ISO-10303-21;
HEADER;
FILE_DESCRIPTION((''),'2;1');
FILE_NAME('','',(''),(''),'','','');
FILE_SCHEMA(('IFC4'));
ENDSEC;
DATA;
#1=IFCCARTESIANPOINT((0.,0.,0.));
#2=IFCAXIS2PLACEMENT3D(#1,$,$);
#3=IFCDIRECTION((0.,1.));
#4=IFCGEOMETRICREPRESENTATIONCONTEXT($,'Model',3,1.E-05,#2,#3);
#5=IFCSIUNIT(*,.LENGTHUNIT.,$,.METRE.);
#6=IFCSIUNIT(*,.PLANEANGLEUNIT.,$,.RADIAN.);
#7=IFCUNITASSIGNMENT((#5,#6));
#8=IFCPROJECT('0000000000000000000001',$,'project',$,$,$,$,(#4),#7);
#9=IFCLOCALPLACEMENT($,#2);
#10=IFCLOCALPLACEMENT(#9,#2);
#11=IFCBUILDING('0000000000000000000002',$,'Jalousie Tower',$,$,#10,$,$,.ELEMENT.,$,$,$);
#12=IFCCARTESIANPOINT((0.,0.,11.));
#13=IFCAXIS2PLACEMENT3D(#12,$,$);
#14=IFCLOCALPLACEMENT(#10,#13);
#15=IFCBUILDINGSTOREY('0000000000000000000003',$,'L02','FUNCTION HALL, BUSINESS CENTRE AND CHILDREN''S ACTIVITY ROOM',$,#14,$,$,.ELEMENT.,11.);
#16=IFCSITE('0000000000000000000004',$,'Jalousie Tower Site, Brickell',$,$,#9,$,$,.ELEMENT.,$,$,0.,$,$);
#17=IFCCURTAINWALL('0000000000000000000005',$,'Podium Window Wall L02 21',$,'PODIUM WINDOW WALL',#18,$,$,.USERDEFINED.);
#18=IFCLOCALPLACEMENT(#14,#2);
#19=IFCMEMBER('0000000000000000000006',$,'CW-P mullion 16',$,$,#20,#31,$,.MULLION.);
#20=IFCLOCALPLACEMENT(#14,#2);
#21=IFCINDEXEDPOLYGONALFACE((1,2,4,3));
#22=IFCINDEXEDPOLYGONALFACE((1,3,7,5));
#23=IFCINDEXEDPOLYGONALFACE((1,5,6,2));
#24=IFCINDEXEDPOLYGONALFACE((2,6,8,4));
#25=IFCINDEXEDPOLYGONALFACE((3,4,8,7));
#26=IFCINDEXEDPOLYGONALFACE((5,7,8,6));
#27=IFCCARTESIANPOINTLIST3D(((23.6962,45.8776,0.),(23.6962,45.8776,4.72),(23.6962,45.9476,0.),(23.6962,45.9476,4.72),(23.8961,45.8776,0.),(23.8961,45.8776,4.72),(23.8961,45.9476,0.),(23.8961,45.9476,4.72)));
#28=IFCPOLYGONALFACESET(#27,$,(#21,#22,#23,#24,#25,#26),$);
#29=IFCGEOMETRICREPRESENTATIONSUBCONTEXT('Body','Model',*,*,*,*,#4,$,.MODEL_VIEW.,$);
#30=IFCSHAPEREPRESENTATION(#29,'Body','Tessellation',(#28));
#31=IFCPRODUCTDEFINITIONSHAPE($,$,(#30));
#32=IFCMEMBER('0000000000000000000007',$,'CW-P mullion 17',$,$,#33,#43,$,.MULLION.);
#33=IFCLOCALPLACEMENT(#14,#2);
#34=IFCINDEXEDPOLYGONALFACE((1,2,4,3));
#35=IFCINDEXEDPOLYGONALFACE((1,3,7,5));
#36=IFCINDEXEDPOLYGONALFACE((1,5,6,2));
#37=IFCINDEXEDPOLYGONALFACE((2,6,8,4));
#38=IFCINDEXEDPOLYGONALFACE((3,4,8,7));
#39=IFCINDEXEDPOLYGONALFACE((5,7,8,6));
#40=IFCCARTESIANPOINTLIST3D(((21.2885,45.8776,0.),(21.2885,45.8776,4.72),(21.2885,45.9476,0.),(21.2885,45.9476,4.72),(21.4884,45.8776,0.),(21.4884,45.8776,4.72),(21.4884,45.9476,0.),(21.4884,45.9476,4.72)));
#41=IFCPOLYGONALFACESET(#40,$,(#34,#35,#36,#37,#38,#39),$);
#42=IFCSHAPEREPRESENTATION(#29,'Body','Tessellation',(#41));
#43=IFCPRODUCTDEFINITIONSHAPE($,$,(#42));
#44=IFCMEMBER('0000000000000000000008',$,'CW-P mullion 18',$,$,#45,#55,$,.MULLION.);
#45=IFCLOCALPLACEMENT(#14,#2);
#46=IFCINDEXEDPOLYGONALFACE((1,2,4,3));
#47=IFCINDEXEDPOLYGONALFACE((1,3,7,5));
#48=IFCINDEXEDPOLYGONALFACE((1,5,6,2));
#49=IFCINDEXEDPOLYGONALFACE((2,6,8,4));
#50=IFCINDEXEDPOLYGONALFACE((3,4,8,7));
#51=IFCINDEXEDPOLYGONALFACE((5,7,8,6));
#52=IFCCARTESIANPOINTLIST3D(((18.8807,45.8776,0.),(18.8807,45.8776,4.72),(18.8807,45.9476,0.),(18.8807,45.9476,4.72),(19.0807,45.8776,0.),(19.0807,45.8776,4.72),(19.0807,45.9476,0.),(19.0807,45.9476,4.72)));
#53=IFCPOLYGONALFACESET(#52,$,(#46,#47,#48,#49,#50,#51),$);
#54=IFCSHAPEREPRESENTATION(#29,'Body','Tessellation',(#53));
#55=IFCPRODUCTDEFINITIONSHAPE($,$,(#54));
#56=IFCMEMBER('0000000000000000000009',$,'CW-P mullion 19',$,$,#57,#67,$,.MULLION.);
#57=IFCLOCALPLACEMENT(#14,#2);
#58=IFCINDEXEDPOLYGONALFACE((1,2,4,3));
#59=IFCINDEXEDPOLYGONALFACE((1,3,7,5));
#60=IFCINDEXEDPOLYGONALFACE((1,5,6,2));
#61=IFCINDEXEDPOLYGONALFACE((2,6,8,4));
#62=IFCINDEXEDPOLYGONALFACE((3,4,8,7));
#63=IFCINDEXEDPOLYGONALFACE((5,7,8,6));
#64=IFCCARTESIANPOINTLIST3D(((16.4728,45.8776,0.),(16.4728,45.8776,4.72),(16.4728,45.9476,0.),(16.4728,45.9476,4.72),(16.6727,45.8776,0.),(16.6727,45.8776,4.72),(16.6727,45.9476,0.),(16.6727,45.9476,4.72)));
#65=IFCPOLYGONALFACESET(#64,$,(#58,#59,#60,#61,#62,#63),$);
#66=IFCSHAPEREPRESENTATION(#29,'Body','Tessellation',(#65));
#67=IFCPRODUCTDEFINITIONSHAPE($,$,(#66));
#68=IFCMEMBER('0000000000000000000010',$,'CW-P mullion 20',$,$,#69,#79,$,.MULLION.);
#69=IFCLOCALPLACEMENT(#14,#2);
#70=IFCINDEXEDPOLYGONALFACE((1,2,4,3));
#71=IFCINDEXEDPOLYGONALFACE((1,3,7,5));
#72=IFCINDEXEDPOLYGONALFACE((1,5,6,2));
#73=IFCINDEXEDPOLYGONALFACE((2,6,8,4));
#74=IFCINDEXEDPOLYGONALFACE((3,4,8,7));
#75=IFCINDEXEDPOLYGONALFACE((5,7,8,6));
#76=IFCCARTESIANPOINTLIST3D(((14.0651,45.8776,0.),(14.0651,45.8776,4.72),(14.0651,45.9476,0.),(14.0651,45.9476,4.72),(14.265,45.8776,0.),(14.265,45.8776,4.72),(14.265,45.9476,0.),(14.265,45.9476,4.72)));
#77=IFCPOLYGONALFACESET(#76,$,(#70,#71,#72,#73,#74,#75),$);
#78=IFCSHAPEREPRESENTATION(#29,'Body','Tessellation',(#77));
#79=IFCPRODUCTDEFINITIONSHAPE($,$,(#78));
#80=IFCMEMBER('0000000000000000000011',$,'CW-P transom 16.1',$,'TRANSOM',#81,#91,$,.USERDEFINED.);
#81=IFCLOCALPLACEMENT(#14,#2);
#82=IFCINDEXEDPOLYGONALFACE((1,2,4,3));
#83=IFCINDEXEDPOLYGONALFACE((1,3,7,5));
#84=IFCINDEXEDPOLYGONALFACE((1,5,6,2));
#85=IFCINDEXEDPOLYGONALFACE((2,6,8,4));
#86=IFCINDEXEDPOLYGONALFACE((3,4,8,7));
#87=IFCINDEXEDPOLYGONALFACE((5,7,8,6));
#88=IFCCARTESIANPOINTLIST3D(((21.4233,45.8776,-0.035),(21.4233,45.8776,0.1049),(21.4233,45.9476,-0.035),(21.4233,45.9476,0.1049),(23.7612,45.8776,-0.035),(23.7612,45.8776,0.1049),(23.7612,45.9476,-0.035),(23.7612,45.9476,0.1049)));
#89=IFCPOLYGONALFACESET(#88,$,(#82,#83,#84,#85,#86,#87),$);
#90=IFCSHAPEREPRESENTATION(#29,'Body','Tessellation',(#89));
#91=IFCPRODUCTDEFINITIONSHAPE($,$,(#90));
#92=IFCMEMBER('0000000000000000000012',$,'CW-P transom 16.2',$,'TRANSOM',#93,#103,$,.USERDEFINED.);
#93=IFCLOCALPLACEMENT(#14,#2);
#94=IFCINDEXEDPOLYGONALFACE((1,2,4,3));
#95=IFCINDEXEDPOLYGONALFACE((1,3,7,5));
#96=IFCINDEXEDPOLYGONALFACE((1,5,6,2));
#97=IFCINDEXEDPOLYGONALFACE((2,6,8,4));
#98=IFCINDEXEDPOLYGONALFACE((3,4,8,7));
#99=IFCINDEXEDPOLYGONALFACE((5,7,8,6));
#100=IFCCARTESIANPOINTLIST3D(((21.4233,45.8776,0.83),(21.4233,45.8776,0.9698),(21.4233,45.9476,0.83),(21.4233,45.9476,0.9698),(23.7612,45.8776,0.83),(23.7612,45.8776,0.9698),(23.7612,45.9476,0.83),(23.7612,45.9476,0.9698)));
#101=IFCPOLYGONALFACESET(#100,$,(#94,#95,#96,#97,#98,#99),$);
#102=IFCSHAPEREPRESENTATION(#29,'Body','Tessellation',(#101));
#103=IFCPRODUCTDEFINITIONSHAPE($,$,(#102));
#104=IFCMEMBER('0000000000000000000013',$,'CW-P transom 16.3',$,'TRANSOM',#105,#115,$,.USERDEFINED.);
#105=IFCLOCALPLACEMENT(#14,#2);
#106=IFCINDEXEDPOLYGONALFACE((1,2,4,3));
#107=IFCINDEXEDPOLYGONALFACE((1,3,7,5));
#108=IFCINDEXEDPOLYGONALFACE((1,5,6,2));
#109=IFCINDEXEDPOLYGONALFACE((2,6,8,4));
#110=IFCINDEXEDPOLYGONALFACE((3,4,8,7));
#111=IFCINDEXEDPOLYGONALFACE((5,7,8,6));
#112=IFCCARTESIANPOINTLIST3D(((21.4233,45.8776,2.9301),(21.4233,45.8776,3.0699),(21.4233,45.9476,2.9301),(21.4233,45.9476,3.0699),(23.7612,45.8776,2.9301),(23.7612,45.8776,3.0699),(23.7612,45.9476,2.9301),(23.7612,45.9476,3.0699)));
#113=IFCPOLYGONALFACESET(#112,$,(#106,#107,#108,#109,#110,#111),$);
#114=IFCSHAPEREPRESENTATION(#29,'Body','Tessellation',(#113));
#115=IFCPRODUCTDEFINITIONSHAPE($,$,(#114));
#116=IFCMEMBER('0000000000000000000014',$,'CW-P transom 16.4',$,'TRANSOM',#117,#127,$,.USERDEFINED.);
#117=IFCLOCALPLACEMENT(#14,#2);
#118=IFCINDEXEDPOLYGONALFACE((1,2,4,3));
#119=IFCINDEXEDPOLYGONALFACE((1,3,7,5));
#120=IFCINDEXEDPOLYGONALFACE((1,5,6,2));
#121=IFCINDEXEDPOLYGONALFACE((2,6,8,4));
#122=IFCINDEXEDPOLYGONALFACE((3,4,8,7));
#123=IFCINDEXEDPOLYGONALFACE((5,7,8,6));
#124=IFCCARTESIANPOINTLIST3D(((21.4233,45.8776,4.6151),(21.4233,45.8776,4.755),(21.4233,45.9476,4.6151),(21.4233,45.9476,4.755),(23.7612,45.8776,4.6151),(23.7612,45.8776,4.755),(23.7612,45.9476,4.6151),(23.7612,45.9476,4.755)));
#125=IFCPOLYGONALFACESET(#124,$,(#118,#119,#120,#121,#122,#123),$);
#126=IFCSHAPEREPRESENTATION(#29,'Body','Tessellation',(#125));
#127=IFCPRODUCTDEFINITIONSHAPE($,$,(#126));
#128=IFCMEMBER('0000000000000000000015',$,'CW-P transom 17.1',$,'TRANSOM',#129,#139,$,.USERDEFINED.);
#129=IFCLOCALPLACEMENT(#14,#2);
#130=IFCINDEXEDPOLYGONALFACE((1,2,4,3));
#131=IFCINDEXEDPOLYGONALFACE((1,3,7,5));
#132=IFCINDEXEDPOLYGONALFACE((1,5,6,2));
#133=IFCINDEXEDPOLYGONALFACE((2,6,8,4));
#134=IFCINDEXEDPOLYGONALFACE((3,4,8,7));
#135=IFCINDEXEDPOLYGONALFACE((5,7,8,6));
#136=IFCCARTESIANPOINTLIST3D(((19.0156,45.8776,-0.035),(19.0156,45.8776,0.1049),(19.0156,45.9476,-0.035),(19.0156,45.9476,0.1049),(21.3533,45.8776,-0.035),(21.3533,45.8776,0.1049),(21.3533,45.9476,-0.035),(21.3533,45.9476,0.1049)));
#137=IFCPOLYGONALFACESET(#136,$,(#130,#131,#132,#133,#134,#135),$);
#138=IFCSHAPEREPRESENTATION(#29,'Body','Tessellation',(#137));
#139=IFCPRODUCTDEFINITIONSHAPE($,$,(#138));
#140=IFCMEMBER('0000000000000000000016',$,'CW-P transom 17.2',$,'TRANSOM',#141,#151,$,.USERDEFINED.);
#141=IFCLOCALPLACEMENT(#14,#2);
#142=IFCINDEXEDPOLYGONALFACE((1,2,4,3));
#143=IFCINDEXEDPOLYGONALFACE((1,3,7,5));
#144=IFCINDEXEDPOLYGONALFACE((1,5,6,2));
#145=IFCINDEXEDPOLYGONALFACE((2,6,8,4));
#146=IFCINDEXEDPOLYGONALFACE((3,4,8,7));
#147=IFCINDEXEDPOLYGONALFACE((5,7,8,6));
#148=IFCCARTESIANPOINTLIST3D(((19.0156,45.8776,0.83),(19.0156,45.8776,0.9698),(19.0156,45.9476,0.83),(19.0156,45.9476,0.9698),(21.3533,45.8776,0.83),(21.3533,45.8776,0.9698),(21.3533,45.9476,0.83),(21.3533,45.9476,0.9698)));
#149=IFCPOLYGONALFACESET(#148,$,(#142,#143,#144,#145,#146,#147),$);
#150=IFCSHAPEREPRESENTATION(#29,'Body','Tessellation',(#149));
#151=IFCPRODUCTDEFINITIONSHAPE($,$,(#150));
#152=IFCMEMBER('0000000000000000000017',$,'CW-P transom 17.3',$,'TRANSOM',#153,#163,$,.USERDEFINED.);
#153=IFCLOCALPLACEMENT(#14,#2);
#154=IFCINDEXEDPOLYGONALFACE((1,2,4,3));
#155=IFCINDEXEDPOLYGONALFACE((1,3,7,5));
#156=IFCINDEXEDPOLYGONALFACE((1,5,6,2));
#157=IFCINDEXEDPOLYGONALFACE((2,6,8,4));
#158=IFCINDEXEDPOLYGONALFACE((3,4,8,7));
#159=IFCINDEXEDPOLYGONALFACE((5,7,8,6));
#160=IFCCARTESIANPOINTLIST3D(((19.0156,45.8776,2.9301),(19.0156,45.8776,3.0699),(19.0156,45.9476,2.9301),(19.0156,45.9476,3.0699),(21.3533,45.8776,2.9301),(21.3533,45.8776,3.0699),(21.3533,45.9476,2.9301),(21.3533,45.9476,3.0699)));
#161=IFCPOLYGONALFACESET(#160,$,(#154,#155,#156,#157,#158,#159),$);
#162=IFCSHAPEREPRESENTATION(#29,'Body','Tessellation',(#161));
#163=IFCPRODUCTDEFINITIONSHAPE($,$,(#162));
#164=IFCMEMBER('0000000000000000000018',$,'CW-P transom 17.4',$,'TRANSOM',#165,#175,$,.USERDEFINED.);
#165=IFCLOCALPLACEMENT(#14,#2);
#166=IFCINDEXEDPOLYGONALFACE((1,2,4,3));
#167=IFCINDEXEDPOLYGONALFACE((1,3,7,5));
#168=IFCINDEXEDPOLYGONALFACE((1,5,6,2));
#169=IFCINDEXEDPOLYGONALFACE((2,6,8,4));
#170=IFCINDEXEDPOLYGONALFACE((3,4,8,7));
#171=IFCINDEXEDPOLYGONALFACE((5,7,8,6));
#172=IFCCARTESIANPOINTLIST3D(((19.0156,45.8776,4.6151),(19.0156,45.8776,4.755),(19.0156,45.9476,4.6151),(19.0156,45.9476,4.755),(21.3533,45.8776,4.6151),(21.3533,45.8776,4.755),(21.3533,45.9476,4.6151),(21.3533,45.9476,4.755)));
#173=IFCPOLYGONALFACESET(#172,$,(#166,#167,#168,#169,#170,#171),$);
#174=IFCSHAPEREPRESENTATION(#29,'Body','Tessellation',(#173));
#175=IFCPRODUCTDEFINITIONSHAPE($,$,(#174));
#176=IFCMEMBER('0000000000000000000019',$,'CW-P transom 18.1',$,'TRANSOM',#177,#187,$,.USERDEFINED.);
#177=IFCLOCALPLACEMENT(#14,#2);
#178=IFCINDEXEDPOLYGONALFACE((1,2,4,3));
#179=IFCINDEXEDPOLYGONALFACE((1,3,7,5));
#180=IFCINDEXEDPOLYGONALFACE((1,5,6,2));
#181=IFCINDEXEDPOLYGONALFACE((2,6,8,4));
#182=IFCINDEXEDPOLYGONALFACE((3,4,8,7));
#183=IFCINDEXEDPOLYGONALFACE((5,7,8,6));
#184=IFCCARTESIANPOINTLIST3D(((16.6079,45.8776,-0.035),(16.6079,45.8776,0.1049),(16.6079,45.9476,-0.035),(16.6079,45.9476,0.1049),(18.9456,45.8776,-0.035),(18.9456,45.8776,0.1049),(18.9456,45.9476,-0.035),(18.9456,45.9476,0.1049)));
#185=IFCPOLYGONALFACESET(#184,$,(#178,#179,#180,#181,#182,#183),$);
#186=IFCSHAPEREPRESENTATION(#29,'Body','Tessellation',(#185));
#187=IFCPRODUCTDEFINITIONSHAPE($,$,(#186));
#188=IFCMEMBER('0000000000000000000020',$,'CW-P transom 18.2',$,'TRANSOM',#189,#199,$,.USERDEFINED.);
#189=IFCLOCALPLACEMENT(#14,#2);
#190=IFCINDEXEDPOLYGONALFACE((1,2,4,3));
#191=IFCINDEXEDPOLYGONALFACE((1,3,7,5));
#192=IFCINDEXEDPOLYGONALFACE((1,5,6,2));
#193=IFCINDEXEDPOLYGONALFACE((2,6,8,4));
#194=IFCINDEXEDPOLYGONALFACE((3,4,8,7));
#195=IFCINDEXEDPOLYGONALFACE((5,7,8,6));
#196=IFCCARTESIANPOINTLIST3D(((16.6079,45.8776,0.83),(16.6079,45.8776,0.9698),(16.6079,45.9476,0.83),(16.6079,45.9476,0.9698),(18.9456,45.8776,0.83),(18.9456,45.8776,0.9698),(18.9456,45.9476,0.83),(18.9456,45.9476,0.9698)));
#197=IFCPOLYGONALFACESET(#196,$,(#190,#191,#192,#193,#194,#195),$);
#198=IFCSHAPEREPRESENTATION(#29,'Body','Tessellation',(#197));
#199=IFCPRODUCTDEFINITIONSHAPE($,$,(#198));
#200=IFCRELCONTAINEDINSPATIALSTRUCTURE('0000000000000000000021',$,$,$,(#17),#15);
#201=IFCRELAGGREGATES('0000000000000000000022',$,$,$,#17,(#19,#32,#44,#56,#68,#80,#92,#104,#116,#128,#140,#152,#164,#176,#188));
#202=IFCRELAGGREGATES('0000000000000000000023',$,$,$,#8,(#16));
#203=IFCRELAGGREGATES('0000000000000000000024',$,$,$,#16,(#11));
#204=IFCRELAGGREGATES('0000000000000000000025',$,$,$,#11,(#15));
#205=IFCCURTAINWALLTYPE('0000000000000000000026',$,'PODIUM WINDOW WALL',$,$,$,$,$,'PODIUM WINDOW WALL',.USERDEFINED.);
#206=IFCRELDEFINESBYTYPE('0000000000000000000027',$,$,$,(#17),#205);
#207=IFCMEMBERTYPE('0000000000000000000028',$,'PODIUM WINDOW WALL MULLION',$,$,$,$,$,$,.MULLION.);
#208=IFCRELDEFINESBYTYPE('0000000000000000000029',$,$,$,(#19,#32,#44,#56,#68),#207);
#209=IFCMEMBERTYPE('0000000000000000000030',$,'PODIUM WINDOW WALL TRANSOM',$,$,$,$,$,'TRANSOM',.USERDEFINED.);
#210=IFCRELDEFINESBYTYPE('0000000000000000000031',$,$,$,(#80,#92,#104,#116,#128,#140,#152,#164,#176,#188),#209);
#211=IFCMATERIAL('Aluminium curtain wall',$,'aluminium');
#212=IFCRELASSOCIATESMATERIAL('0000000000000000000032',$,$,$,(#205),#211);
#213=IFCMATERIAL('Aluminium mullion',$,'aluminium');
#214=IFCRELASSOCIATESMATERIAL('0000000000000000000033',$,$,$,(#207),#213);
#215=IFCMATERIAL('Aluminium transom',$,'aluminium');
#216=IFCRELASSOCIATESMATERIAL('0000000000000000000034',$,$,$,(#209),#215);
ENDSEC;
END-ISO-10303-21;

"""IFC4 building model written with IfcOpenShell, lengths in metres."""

from ifc_helpers import new_model, si_unit, direction, frame, origin, origin_2d, place, context, subcontext, project, spatial, rectangle, extrude, material, material_profile, profile_set, type_object, element, aggregate, save


model = new_model("IFC4")

# Units and contexts
model_context = context("Model", 3, precision=1e-05, world=origin(), true_north=direction((0.0, 1.0)))
body_context = subcontext(model_context, "Body", "Model", "MODEL_VIEW")
ifc_project = project(units=[si_unit("LENGTHUNIT", "METRE"), si_unit("PLANEANGLEUNIT", "RADIAN")], contexts=[model_context])

# Site, building, storey
site_placement = place(None, origin())
site = spatial("IfcSite", under=ifc_project, at=site_placement, Name="Jalousie Tower Site, Brickell", CompositionType="ELEMENT", RefElevation=0.0)
building_placement = place(site_placement, origin())
building = spatial("IfcBuilding", under=site, at=building_placement, Name="Jalousie Tower", CompositionType="ELEMENT")
storey_placement = place(building_placement, frame((0.0, 0.0, 11.0)))
storey = spatial("IfcBuildingStorey", under=building, at=storey_placement, Name="L02", Description="FUNCTION HALL, BUSINESS CENTRE AND CHILDREN'S ACTIVITY ROOM", CompositionType="ELEMENT", Elevation=11.0)

# Curtain wall, members
ifc_material_1 = material(Name="Aluminium curtain wall", Category="aluminium")
curtain_wall_type = type_object("IfcCurtainWallType", Name="PODIUM WINDOW WALL", ElementType="PODIUM WINDOW WALL", PredefinedType="USERDEFINED", material=ifc_material_1)
curtain_wall_placement = place(storey_placement, origin())
curtain_wall = element("IfcCurtainWall", 1, at=curtain_wall_placement, inside=storey, type_object=curtain_wall_type, Name="Podium Window Wall L02 21", ObjectType="PODIUM WINDOW WALL", PredefinedType="USERDEFINED")
ifc_material_2 = material(Name="Aluminium mullion", Category="aluminium")
ifc_material_profile_1 = material_profile(ifc_material_2, rectangle(XDim=0.0701, YDim=0.2, at=origin_2d()), Name="MULLION 70x200")
ifc_profile_set_1 = profile_set([ifc_material_profile_1], Name="Aluminium mullion")
member_type_1 = type_object("IfcMemberType", Name="PODIUM WINDOW WALL MULLION", PredefinedType="MULLION", material=ifc_profile_set_1)
member_1_placement = place(storey_placement, frame((23.7961, 45.9126, 0.0), z_axis=(0.0, 0.0, 1.0), x_axis=(0.0, -1.0, 0.0)))
member_1 = element("IfcMember", 2, at=member_1_placement, type_object=member_type_1, Name="CW-P mullion 16", PredefinedType="MULLION", context=body_context, shape_type="SweptSolid", body=[
    extrude(rectangle(XDim=0.0701, YDim=0.2, at=origin_2d()), origin(), (0.0, 0.0, 1.0), 4.72),
])
member_2_placement = place(storey_placement, frame((21.3884, 45.9126, 0.0), z_axis=(0.0, 0.0, 1.0), x_axis=(0.0, -1.0, 0.0)))
member_2 = element("IfcMember", 3, at=member_2_placement, type_object=member_type_1, Name="CW-P mullion 17", PredefinedType="MULLION", context=body_context, shape_type="SweptSolid", body=[
    extrude(rectangle(XDim=0.0701, YDim=0.2, at=origin_2d()), origin(), (0.0, 0.0, 1.0), 4.72),
])
member_3_placement = place(storey_placement, frame((18.9807, 45.9126, 0.0), z_axis=(0.0, 0.0, 1.0), x_axis=(0.0, -1.0, 0.0)))
member_3 = element("IfcMember", 4, at=member_3_placement, type_object=member_type_1, Name="CW-P mullion 18", PredefinedType="MULLION", context=body_context, shape_type="SweptSolid", body=[
    extrude(rectangle(XDim=0.0701, YDim=0.2, at=origin_2d()), origin(), (0.0, 0.0, 1.0), 4.72),
])
member_4_placement = place(storey_placement, frame((16.5728, 45.9126, 0.0), z_axis=(0.0, 0.0, 1.0), x_axis=(0.0, -1.0, 0.0)))
member_4 = element("IfcMember", 5, at=member_4_placement, type_object=member_type_1, Name="CW-P mullion 19", PredefinedType="MULLION", context=body_context, shape_type="SweptSolid", body=[
    extrude(rectangle(XDim=0.0701, YDim=0.2, at=origin_2d()), origin(), (0.0, 0.0, 1.0), 4.72),
])
member_5_placement = place(storey_placement, frame((14.165, 45.9126, 0.0), z_axis=(0.0, 0.0, 1.0), x_axis=(0.0, -1.0, 0.0)))
member_5 = element("IfcMember", 6, at=member_5_placement, type_object=member_type_1, Name="CW-P mullion 20", PredefinedType="MULLION", context=body_context, shape_type="SweptSolid", body=[
    extrude(rectangle(XDim=0.0701, YDim=0.2, at=origin_2d()), origin(), (0.0, 0.0, 1.0), 4.72),
])
ifc_material_3 = material(Name="Aluminium transom", Category="aluminium")
ifc_material_profile_2 = material_profile(ifc_material_3, rectangle(XDim=0.0701, YDim=0.1399, at=origin_2d()), Name="TRANSOM 70x140")
ifc_profile_set_2 = profile_set([ifc_material_profile_2], Name="Aluminium transom")
member_type_2 = type_object("IfcMemberType", Name="PODIUM WINDOW WALL TRANSOM", ElementType="TRANSOM", PredefinedType="USERDEFINED", material=ifc_profile_set_2)
member_6_placement = place(storey_placement, frame((23.7612, 45.9126, 0.0349), z_axis=(-1.0, 0.0, 0.0), x_axis=(0.0, -1.0, 0.0)))
member_6 = element("IfcMember", 7, at=member_6_placement, type_object=member_type_2, Name="CW-P transom 16.1", ObjectType="TRANSOM", PredefinedType="USERDEFINED", context=body_context, shape_type="SweptSolid", body=[
    extrude(rectangle(XDim=0.0701, YDim=0.1399, at=origin_2d()), origin(), (0.0, 0.0, 1.0), 2.3379),
])
member_7_placement = place(storey_placement, frame((23.7612, 45.9126, 0.8999), z_axis=(-1.0, 0.0, 0.0), x_axis=(0.0, -1.0, 0.0)))
member_7 = element("IfcMember", 8, at=member_7_placement, type_object=member_type_2, Name="CW-P transom 16.2", ObjectType="TRANSOM", PredefinedType="USERDEFINED", context=body_context, shape_type="SweptSolid", body=[
    extrude(rectangle(XDim=0.0701, YDim=0.1399, at=origin_2d()), origin(), (0.0, 0.0, 1.0), 2.3379),
])
member_8_placement = place(storey_placement, frame((23.7612, 45.9126, 3.0), z_axis=(-1.0, 0.0, 0.0), x_axis=(0.0, -1.0, 0.0)))
member_8 = element("IfcMember", 9, at=member_8_placement, type_object=member_type_2, Name="CW-P transom 16.3", ObjectType="TRANSOM", PredefinedType="USERDEFINED", context=body_context, shape_type="SweptSolid", body=[
    extrude(rectangle(XDim=0.0701, YDim=0.1399, at=origin_2d()), origin(), (0.0, 0.0, 1.0), 2.3379),
])
member_9_placement = place(storey_placement, frame((23.7612, 45.9126, 4.6851), z_axis=(-1.0, 0.0, 0.0), x_axis=(0.0, -1.0, 0.0)))
member_9 = element("IfcMember", 10, at=member_9_placement, type_object=member_type_2, Name="CW-P transom 16.4", ObjectType="TRANSOM", PredefinedType="USERDEFINED", context=body_context, shape_type="SweptSolid", body=[
    extrude(rectangle(XDim=0.0701, YDim=0.1399, at=origin_2d()), origin(), (0.0, 0.0, 1.0), 2.3379),
])
member_10_placement = place(storey_placement, frame((21.3533, 45.9126, 0.0349), z_axis=(-1.0, 0.0, 0.0), x_axis=(0.0, -1.0, 0.0)))
member_10 = element("IfcMember", 11, at=member_10_placement, type_object=member_type_2, Name="CW-P transom 17.1", ObjectType="TRANSOM", PredefinedType="USERDEFINED", context=body_context, shape_type="SweptSolid", body=[
    extrude(rectangle(XDim=0.0701, YDim=0.1399, at=origin_2d()), origin(), (0.0, 0.0, 1.0), 2.3376),
])
member_11_placement = place(storey_placement, frame((21.3533, 45.9126, 0.8999), z_axis=(-1.0, 0.0, 0.0), x_axis=(0.0, -1.0, 0.0)))
member_11 = element("IfcMember", 12, at=member_11_placement, type_object=member_type_2, Name="CW-P transom 17.2", ObjectType="TRANSOM", PredefinedType="USERDEFINED", context=body_context, shape_type="SweptSolid", body=[
    extrude(rectangle(XDim=0.0701, YDim=0.1399, at=origin_2d()), origin(), (0.0, 0.0, 1.0), 2.3376),
])
member_12_placement = place(storey_placement, frame((21.3533, 45.9126, 3.0), z_axis=(-1.0, 0.0, 0.0), x_axis=(0.0, -1.0, 0.0)))
member_12 = element("IfcMember", 13, at=member_12_placement, type_object=member_type_2, Name="CW-P transom 17.3", ObjectType="TRANSOM", PredefinedType="USERDEFINED", context=body_context, shape_type="SweptSolid", body=[
    extrude(rectangle(XDim=0.0701, YDim=0.1399, at=origin_2d()), origin(), (0.0, 0.0, 1.0), 2.3376),
])
member_13_placement = place(storey_placement, frame((21.3533, 45.9126, 4.6851), z_axis=(-1.0, 0.0, 0.0), x_axis=(0.0, -1.0, 0.0)))
member_13 = element("IfcMember", 14, at=member_13_placement, type_object=member_type_2, Name="CW-P transom 17.4", ObjectType="TRANSOM", PredefinedType="USERDEFINED", context=body_context, shape_type="SweptSolid", body=[
    extrude(rectangle(XDim=0.0701, YDim=0.1399, at=origin_2d()), origin(), (0.0, 0.0, 1.0), 2.3376),
])
member_14_placement = place(storey_placement, frame((18.9456, 45.9126, 0.0349), z_axis=(-1.0, 0.0, 0.0), x_axis=(0.0, -1.0, 0.0)))
member_14 = element("IfcMember", 15, at=member_14_placement, type_object=member_type_2, Name="CW-P transom 18.1", ObjectType="TRANSOM", PredefinedType="USERDEFINED", context=body_context, shape_type="SweptSolid", body=[
    extrude(rectangle(XDim=0.0701, YDim=0.1399, at=origin_2d()), origin(), (0.0, 0.0, 1.0), 2.3376),
])
member_15_placement = place(storey_placement, frame((18.9456, 45.9126, 0.8999), z_axis=(-1.0, 0.0, 0.0), x_axis=(0.0, -1.0, 0.0)))
member_15 = element("IfcMember", 16, at=member_15_placement, type_object=member_type_2, Name="CW-P transom 18.2", ObjectType="TRANSOM", PredefinedType="USERDEFINED", context=body_context, shape_type="SweptSolid", body=[
    extrude(rectangle(XDim=0.0701, YDim=0.1399, at=origin_2d()), origin(), (0.0, 0.0, 1.0), 2.3376),
])
aggregate(curtain_wall, [member_1, member_2, member_3, member_4, member_5, member_6, member_7, member_8, member_9, member_10, member_11, member_12, member_13, member_14, member_15])

save(model, "model.ifc")
